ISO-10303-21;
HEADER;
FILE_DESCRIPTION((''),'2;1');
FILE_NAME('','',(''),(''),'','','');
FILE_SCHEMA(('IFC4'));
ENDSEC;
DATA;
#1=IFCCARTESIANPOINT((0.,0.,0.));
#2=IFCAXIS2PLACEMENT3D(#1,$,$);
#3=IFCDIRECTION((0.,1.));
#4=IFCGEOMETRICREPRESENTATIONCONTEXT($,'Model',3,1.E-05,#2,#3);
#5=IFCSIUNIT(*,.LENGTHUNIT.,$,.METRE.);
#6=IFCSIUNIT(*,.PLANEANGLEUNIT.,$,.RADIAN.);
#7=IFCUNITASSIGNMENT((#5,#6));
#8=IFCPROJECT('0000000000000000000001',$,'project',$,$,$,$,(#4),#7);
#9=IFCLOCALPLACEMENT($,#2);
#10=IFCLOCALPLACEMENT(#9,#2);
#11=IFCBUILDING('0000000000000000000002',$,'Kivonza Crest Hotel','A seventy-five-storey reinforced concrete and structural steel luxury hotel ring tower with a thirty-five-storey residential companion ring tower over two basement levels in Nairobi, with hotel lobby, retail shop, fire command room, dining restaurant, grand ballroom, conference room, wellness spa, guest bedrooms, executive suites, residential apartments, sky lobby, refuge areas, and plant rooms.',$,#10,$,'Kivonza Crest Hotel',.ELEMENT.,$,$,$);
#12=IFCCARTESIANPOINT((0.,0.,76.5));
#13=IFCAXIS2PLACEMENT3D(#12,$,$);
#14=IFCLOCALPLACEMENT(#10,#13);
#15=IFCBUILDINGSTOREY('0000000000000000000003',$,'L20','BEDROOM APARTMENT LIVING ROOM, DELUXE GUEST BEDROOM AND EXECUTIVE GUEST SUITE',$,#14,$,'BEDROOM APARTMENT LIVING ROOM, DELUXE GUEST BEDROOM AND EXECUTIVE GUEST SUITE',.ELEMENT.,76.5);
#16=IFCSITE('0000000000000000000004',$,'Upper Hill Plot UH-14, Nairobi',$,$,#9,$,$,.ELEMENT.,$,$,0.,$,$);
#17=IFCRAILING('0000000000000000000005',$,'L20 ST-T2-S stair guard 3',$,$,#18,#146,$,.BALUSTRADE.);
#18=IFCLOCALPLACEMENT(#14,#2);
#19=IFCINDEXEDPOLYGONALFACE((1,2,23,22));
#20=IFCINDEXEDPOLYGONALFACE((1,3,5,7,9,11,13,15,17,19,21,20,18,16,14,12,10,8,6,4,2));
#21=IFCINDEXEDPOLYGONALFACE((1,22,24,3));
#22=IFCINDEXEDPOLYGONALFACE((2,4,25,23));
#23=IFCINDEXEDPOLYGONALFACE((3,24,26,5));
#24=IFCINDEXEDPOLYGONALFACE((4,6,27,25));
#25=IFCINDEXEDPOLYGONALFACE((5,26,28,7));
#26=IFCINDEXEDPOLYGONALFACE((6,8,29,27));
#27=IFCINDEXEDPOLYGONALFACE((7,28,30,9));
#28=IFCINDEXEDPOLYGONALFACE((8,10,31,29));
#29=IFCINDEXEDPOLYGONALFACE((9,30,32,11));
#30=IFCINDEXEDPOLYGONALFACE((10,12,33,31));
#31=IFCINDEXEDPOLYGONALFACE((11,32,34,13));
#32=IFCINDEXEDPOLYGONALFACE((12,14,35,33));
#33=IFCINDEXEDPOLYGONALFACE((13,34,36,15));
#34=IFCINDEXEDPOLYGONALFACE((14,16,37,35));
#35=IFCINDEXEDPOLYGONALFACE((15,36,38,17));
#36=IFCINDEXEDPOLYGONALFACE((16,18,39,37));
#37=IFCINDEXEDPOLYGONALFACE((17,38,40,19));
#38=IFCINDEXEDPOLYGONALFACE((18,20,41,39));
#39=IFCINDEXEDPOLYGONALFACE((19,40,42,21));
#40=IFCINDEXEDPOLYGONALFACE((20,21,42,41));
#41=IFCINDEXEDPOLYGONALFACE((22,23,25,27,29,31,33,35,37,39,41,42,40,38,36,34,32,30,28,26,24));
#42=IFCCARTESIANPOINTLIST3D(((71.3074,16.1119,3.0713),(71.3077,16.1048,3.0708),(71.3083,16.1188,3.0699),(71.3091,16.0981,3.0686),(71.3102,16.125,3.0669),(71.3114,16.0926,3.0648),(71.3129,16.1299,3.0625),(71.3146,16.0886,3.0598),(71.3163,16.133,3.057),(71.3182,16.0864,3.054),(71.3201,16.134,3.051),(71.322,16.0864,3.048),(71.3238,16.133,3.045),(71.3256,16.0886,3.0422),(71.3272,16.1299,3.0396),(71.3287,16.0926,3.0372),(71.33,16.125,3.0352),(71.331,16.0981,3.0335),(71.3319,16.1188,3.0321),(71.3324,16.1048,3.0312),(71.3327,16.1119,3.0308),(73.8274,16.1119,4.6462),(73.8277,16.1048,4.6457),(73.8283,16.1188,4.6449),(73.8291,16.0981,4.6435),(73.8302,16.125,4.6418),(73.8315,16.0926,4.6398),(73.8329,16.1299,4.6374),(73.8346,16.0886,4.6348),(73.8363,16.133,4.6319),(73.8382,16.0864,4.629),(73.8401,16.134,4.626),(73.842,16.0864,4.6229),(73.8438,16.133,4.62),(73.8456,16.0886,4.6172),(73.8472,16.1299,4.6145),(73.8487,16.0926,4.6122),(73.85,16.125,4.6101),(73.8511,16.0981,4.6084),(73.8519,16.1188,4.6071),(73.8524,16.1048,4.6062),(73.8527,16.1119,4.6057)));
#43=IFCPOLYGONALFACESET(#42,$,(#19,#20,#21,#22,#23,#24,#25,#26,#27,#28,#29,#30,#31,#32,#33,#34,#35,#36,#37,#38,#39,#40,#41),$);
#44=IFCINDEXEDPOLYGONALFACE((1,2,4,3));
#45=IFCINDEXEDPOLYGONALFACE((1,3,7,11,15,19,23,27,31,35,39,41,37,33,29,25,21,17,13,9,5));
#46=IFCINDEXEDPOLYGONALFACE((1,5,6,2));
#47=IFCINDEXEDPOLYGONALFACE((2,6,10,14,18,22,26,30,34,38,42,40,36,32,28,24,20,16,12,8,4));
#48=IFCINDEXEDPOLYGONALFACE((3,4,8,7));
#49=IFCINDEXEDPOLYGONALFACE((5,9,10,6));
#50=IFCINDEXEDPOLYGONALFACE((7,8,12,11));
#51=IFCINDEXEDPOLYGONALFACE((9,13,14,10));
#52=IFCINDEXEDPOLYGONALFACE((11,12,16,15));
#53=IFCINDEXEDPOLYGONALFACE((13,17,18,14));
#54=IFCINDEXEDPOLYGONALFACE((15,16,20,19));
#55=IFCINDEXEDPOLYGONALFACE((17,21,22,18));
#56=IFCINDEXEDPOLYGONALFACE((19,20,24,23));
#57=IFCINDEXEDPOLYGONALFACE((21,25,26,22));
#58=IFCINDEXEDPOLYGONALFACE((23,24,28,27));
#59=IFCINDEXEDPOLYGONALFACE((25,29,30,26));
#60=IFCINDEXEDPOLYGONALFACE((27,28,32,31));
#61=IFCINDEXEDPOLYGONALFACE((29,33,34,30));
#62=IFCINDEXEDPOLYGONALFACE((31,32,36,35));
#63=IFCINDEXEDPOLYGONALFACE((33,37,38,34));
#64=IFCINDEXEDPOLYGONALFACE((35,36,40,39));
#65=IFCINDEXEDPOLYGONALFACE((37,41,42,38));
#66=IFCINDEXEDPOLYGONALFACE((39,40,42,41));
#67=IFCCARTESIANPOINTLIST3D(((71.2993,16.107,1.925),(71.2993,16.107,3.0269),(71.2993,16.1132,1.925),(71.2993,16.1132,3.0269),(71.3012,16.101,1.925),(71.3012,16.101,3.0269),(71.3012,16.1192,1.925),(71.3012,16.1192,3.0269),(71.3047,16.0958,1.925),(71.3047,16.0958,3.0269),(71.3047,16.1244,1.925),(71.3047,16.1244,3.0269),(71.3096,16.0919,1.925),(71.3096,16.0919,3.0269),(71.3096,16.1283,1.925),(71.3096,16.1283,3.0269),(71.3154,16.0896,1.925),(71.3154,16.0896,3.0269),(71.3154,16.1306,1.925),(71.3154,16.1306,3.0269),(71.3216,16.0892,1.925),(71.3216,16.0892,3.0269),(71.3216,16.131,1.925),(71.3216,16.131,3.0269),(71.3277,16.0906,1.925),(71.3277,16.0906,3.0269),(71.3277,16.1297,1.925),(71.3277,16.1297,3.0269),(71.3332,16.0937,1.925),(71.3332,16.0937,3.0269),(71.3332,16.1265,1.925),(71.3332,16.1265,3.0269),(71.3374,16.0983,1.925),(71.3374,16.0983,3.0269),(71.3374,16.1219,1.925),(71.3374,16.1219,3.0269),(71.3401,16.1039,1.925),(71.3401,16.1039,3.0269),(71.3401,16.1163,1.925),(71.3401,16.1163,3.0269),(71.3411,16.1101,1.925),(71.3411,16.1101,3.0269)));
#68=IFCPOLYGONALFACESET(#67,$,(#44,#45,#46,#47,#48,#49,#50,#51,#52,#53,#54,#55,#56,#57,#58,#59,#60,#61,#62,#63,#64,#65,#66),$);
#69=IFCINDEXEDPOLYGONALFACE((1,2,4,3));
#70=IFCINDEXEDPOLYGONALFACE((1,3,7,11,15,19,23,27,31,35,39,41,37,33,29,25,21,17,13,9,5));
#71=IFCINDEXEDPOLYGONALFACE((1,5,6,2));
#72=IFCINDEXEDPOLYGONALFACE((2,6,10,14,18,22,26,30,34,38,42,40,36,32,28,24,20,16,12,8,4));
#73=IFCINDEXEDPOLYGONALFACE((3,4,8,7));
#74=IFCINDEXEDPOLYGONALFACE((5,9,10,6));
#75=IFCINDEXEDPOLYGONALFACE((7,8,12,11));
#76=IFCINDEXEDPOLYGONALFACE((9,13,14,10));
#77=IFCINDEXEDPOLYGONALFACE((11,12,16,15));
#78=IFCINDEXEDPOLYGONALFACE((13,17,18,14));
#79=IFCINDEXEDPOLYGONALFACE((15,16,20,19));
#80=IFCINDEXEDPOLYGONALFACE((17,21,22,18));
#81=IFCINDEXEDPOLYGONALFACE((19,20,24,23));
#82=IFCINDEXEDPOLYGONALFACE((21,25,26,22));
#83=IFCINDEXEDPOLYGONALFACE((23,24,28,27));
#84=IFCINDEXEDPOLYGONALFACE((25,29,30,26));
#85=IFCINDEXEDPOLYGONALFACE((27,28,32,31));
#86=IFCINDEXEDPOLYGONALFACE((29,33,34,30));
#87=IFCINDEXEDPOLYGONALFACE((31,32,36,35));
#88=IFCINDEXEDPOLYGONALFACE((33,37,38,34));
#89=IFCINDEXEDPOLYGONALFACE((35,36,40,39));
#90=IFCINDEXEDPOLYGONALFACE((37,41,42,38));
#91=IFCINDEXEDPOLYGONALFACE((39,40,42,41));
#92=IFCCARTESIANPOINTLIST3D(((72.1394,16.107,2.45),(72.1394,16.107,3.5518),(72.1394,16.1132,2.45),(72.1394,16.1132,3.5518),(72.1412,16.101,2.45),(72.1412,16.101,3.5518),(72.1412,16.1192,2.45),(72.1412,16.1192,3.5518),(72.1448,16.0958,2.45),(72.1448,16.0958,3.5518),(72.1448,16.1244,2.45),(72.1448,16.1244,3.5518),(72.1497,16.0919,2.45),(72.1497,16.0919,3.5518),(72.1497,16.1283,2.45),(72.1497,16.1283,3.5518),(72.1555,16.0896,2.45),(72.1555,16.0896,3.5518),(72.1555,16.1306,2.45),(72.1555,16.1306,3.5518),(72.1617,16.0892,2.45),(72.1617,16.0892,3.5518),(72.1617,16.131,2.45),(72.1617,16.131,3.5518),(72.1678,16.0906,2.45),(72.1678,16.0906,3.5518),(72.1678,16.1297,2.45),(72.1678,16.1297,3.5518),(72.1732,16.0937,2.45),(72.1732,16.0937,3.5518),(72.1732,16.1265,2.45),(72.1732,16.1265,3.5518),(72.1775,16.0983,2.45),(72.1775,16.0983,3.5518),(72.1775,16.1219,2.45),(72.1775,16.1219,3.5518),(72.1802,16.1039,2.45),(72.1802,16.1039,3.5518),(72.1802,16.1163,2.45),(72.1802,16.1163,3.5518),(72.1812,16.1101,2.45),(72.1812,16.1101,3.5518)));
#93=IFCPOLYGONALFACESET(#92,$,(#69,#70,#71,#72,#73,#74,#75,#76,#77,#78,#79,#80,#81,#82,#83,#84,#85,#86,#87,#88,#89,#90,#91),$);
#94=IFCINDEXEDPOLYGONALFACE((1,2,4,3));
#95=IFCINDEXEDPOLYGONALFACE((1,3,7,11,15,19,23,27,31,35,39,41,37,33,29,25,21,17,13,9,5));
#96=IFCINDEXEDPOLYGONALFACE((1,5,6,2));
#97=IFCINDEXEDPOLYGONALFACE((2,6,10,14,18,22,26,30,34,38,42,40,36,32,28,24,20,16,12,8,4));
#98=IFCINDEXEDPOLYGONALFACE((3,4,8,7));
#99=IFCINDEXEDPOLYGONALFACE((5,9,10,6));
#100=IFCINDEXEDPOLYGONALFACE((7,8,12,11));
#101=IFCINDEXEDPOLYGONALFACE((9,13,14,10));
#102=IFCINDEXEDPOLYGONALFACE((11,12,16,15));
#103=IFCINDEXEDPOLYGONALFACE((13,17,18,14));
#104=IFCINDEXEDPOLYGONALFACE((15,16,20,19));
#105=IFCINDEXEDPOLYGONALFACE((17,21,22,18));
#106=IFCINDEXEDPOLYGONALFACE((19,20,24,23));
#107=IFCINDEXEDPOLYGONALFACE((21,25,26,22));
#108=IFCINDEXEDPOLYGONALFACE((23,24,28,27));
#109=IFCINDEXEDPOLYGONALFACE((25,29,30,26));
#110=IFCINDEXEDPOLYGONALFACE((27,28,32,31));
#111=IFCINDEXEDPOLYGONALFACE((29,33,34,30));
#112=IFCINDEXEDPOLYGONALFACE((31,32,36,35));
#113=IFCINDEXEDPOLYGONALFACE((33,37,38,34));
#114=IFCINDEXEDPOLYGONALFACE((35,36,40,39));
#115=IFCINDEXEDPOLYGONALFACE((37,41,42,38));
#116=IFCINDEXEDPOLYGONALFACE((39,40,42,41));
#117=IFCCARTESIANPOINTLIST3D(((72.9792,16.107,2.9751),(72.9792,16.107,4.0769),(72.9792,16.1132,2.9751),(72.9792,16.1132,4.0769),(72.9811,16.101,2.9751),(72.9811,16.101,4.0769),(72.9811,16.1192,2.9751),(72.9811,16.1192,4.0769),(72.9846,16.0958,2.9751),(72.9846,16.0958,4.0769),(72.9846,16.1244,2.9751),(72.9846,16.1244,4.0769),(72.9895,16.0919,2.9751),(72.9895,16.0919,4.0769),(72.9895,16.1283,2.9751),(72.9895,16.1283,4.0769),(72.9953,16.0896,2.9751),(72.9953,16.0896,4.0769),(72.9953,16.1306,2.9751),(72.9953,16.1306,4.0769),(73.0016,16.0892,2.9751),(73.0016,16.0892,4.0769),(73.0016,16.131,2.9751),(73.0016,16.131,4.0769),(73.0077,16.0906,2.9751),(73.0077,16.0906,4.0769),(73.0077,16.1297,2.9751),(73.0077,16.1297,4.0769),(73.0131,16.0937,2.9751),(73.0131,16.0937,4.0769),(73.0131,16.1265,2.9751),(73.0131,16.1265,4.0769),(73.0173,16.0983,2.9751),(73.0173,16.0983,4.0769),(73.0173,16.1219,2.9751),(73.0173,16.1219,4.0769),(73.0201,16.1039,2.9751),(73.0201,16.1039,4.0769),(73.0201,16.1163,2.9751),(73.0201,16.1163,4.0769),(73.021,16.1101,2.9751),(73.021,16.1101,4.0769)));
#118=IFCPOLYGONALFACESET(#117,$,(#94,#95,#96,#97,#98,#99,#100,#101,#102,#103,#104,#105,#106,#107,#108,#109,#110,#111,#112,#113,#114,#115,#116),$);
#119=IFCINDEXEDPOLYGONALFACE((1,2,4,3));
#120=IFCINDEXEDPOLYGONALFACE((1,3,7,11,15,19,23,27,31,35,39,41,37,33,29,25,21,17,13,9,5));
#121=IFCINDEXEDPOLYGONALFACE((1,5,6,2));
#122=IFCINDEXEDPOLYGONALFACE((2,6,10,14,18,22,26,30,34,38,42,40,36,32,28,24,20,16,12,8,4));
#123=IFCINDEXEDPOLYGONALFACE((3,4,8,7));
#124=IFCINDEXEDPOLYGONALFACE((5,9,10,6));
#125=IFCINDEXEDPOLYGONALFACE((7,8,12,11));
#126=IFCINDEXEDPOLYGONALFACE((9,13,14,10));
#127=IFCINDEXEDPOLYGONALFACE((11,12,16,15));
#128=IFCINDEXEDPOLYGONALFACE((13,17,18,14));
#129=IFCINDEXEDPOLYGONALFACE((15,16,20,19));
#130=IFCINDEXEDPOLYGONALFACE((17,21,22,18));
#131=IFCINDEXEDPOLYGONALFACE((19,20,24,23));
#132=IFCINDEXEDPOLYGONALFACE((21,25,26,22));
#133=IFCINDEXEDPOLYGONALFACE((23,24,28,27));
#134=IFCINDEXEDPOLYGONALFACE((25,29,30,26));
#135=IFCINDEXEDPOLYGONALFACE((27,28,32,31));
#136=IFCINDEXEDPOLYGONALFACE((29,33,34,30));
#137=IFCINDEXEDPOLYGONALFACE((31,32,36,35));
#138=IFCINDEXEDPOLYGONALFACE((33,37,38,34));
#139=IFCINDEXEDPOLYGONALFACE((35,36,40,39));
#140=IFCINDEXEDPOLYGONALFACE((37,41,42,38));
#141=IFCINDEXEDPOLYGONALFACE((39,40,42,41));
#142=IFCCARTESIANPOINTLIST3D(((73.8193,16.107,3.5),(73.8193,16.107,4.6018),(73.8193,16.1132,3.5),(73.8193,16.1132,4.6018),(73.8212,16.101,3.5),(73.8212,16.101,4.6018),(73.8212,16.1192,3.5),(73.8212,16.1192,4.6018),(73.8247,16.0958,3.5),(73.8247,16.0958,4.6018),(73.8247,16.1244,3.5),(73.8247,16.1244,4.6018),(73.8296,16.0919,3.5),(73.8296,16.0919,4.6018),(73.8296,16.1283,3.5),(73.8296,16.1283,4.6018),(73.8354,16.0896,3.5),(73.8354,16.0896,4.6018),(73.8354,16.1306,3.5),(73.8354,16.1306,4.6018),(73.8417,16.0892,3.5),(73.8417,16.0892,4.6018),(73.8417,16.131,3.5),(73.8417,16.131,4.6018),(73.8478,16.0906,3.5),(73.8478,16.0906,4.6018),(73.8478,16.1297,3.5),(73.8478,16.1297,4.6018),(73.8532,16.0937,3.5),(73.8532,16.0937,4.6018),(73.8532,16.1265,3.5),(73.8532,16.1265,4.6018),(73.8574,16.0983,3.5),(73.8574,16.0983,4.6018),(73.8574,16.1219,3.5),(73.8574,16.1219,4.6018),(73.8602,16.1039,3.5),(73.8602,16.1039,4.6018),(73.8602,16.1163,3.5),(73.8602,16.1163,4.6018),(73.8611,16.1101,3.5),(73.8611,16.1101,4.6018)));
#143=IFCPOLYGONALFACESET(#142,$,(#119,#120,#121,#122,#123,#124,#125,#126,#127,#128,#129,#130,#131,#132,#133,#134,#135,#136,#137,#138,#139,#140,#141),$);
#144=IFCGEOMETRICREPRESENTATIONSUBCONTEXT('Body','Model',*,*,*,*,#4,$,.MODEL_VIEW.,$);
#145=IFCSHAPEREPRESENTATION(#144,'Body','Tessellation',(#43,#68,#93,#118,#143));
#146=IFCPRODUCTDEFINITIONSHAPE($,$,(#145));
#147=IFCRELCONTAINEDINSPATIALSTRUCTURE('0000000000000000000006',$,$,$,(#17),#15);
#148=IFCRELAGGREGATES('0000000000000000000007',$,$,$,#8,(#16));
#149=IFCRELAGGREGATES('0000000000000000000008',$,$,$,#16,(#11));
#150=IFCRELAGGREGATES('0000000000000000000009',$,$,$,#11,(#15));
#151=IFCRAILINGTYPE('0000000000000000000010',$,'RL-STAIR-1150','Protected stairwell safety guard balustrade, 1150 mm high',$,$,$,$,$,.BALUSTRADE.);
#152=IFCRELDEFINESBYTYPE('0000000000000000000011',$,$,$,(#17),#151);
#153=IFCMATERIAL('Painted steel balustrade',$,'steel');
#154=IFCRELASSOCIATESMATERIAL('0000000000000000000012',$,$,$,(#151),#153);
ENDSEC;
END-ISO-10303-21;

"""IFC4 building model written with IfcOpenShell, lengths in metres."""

from ifc_helpers import new_model, si_unit, direction, frame, origin, origin_2d, place, context, subcontext, project, spatial, circle, extrude, material, type_object, element, save


model = new_model("IFC4")

# Units and contexts
model_context = context("Model", 3, precision=1e-05, world=origin(), true_north=direction((0.0, 1.0)))
body_context = subcontext(model_context, "Body", "Model", "MODEL_VIEW")
ifc_project = project(units=[si_unit("LENGTHUNIT", "METRE"), si_unit("PLANEANGLEUNIT", "RADIAN")], contexts=[model_context])

# Site, building, storey
site_placement = place(None, origin())
site = spatial("IfcSite", under=ifc_project, at=site_placement, Name="Upper Hill Plot UH-14, Nairobi", CompositionType="ELEMENT", RefElevation=0.0)
building_placement = place(site_placement, origin())
building = spatial("IfcBuilding", under=site, at=building_placement, Name="Kivonza Crest Hotel", Description="A seventy-five-storey reinforced concrete and structural steel luxury hotel ring tower with a thirty-five-storey residential companion ring tower over two basement levels in Nairobi, with hotel lobby, retail shop, fire command room, dining restaurant, grand ballroom, conference room, wellness spa, guest bedrooms, executive suites, residential apartments, sky lobby, refuge areas, and plant rooms.", LongName="Kivonza Crest Hotel", CompositionType="ELEMENT")
storey_placement = place(building_placement, frame((0.0, 0.0, 76.5)))
storey = spatial("IfcBuildingStorey", under=building, at=storey_placement, Name="L20", Description="BEDROOM APARTMENT LIVING ROOM, DELUXE GUEST BEDROOM AND EXECUTIVE GUEST SUITE", LongName="BEDROOM APARTMENT LIVING ROOM, DELUXE GUEST BEDROOM AND EXECUTIVE GUEST SUITE", CompositionType="ELEMENT", Elevation=76.5)

# Railing
ifc_material_1 = material(Name="Painted steel balustrade", Category="steel")
railing_type_1 = type_object("IfcRailingType", Name="RL-STAIR-1150", Description="Protected stairwell safety guard balustrade, 1150 mm high", PredefinedType="BALUSTRADE", material=ifc_material_1)
railing_1_placement = place(storey_placement, frame((71.3201, 16.1101, 1.925)))
element("IfcRailing", 1, at=railing_1_placement, inside=storey, type_object=railing_type_1, Name="L20 ST-T2-S stair guard 3", PredefinedType="BALUSTRADE", context=body_context, shape_type="SweptSolid", body=[
    extrude(circle(Radius=0.0239, at=origin_2d()), frame((0.0, 0.0, 1.126), z_axis=(0.848008, 0.0, 0.529984), x_axis=(0.0, 1.0, 0.0)), (0.0, 0.0, 1.0), 2.9717),
    extrude(circle(Radius=0.021, at=origin_2d()), origin(), (0.0, 0.0, 1.0), 1.1018),
    extrude(circle(Radius=0.021, at=origin_2d()), frame((0.8401, 0.0, 0.5249)), (0.0, 0.0, 1.0), 1.1018),
    extrude(circle(Radius=0.021, at=origin_2d()), frame((1.6799, 0.0, 1.05)), (0.0, 0.0, 1.0), 1.1018),
    extrude(circle(Radius=0.021, at=origin_2d()), frame((2.52, 0.0, 1.575)), (0.0, 0.0, 1.0), 1.1018),
])

save(model, "model.ifc")
